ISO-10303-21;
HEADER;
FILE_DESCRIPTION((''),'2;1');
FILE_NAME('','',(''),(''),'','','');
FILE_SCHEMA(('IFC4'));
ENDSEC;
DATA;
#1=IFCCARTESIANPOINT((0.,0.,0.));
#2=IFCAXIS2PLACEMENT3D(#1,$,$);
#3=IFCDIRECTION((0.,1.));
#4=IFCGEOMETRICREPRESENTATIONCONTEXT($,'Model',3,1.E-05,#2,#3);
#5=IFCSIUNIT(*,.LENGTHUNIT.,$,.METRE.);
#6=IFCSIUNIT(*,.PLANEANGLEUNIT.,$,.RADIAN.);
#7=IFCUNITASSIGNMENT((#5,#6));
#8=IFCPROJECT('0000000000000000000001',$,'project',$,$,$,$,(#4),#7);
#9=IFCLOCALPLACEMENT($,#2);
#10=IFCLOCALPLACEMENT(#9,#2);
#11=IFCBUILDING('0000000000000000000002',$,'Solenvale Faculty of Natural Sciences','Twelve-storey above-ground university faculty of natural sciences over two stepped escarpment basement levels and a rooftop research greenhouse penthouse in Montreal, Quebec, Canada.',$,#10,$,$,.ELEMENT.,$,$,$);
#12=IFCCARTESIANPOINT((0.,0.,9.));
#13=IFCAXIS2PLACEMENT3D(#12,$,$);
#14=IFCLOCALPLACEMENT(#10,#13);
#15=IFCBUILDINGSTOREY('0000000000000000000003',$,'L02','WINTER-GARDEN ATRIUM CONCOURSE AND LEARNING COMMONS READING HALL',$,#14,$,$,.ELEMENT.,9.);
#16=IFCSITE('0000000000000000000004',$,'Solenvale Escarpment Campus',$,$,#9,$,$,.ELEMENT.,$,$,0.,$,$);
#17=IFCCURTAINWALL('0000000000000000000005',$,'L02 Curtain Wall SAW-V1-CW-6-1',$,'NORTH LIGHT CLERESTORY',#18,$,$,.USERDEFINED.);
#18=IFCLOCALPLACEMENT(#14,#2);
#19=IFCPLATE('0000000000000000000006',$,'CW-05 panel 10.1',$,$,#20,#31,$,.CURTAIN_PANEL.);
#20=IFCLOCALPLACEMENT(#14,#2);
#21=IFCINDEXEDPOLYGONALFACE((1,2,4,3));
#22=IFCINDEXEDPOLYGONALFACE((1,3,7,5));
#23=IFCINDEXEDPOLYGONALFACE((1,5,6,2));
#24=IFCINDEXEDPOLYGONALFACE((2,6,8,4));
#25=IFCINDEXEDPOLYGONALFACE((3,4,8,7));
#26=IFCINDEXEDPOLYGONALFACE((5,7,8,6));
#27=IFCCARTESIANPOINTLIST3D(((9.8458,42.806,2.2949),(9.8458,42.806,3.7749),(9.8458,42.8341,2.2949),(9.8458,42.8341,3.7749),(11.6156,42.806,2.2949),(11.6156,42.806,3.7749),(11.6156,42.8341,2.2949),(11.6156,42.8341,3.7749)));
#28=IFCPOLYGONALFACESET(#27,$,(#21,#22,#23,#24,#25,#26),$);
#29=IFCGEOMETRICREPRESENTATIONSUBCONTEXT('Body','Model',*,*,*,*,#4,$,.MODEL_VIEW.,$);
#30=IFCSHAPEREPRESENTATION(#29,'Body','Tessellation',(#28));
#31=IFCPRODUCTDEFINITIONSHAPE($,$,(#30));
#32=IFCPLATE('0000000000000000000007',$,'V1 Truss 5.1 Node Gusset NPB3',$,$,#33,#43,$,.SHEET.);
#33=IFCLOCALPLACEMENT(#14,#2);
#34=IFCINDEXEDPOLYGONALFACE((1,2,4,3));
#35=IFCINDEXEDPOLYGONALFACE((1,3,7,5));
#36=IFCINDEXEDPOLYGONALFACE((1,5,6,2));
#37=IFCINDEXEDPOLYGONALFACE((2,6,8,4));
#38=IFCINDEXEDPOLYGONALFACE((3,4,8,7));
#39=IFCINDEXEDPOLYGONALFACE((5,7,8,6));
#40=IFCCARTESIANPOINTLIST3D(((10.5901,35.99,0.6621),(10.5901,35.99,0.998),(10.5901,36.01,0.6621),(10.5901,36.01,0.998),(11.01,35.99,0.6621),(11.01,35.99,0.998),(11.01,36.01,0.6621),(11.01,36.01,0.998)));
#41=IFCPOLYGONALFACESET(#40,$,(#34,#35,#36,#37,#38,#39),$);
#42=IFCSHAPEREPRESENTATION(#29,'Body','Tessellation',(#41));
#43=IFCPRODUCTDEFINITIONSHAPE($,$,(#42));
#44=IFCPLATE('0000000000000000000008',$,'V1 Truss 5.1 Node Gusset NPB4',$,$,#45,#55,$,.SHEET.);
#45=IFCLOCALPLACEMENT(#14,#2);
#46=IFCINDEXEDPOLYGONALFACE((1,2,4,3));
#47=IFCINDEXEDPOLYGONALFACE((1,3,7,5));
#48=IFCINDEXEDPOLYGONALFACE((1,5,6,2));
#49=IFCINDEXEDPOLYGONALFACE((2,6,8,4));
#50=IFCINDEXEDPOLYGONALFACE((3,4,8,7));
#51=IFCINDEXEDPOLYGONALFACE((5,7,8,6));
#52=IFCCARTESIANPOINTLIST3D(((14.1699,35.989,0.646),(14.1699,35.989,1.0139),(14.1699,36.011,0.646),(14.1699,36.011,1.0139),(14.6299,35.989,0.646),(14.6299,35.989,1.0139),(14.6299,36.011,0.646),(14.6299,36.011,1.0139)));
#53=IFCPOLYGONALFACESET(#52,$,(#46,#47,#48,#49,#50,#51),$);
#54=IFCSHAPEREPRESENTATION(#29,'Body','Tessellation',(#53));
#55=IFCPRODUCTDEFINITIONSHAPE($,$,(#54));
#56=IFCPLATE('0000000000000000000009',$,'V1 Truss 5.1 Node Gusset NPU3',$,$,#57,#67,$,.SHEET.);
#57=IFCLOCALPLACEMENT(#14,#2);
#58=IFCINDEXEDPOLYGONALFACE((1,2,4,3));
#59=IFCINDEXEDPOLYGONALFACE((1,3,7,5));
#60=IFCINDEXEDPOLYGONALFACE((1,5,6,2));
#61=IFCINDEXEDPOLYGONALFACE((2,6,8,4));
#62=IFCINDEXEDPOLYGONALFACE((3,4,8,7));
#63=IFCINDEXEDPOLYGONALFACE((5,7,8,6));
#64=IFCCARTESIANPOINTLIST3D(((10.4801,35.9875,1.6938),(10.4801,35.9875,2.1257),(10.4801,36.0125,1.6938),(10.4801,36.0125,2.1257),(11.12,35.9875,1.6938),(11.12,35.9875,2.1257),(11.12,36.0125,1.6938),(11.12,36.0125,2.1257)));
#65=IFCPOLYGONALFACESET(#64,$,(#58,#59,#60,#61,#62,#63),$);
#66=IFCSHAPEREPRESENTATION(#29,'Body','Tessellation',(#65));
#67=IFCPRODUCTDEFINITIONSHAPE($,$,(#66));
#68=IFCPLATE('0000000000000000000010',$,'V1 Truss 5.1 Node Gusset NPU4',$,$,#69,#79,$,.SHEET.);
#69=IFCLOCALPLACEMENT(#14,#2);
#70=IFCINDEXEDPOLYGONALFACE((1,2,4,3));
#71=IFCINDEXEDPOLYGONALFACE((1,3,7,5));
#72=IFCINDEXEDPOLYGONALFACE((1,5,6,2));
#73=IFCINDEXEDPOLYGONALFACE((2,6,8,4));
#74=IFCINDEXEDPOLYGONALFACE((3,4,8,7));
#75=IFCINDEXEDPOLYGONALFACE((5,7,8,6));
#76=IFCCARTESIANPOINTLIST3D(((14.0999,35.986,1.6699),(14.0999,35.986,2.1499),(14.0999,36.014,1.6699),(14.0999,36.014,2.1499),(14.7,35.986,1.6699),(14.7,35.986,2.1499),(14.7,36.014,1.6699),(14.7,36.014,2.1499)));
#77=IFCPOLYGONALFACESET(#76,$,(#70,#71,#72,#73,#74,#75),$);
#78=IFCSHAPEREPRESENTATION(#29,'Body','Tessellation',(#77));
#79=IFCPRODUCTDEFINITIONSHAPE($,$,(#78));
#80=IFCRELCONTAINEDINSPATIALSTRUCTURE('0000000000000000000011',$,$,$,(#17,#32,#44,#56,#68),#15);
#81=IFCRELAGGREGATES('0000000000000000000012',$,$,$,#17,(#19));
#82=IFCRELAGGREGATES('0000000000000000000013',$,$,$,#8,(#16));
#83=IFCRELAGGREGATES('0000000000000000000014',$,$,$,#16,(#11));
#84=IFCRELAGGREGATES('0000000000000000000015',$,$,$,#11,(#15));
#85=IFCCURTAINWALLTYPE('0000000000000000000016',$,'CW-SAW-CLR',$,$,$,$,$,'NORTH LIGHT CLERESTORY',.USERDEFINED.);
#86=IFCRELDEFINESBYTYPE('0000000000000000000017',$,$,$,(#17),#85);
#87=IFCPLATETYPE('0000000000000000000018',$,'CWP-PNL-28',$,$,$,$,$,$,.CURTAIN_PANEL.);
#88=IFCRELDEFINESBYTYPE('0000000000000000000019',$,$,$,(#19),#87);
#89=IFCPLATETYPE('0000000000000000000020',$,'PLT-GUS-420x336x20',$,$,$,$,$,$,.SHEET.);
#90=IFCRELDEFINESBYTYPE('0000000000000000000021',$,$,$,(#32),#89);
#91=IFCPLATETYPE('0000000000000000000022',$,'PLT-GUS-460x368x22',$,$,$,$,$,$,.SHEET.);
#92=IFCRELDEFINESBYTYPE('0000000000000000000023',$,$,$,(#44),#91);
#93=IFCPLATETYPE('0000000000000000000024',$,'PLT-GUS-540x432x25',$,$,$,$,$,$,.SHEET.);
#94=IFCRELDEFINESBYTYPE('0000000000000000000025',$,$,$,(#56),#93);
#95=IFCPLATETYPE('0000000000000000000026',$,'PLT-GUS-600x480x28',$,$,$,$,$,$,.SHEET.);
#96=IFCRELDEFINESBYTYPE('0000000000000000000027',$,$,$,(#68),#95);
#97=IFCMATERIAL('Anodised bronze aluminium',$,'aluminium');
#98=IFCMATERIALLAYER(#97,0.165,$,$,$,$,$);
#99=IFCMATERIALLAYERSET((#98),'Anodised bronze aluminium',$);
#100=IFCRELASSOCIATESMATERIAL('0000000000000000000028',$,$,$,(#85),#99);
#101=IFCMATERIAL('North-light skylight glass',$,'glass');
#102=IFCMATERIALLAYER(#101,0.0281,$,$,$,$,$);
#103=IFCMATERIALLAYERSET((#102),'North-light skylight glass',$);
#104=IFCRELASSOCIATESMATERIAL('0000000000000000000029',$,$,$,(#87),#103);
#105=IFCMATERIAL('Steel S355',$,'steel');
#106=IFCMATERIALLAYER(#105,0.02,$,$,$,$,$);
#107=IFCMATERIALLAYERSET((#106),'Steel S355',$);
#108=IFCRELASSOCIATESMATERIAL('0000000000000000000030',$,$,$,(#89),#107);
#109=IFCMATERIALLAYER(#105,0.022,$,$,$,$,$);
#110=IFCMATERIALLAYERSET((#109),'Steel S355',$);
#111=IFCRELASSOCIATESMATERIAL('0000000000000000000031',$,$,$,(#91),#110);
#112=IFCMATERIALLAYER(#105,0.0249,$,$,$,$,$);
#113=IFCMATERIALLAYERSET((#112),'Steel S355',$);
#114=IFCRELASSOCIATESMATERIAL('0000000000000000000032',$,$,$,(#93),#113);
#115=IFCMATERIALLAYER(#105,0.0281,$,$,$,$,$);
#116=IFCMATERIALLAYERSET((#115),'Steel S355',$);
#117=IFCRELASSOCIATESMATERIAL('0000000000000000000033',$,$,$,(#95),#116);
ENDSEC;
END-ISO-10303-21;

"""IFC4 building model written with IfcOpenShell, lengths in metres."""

from ifc_helpers import new_model, si_unit, direction, frame, origin, origin_2d, place, context, subcontext, project, spatial, rectangle, extrude, material, layer, layer_set, type_object, element, aggregate, save


model = new_model("IFC4")

# Units and contexts
model_context = context("Model", 3, precision=1e-05, world=origin(), true_north=direction((0.0, 1.0)))
body_context = subcontext(model_context, "Body", "Model", "MODEL_VIEW")
ifc_project = project(units=[si_unit("LENGTHUNIT", "METRE"), si_unit("PLANEANGLEUNIT", "RADIAN")], contexts=[model_context])

# Site, building, storey
site_placement = place(None, origin())
site = spatial("IfcSite", under=ifc_project, at=site_placement, Name="Solenvale Escarpment Campus", CompositionType="ELEMENT", RefElevation=0.0)
building_placement = place(site_placement, origin())
building = spatial("IfcBuilding", under=site, at=building_placement, Name="Solenvale Faculty of Natural Sciences", Description="Twelve-storey above-ground university faculty of natural sciences over two stepped escarpment basement levels and a rooftop research greenhouse penthouse in Montreal, Quebec, Canada.", CompositionType="ELEMENT")
storey_placement = place(building_placement, frame((0.0, 0.0, 9.0)))
storey = spatial("IfcBuildingStorey", under=building, at=storey_placement, Name="L02", Description="WINTER-GARDEN ATRIUM CONCOURSE AND LEARNING COMMONS READING HALL", CompositionType="ELEMENT", Elevation=9.0)

# Curtain wall
ifc_material_1 = material(Name="Anodised bronze aluminium", Category="aluminium")
ifc_layer_1 = layer(ifc_material_1, 0.165)
ifc_layer_set_1 = layer_set([ifc_layer_1], Name="Anodised bronze aluminium")
curtain_wall_type = type_object("IfcCurtainWallType", Name="CW-SAW-CLR", ElementType="NORTH LIGHT CLERESTORY", PredefinedType="USERDEFINED", material=ifc_layer_set_1)
curtain_wall_1_placement = place(storey_placement, origin())
curtain_wall_1 = element("IfcCurtainWall", 1, at=curtain_wall_1_placement, inside=storey, type_object=curtain_wall_type, Name="L02 Curtain Wall SAW-V1-CW-6-1", ObjectType="NORTH LIGHT CLERESTORY", PredefinedType="USERDEFINED")

# Shared definitions
ifc_material_2 = material(Name="Steel S355", Category="steel")

# Plate
ifc_material_3 = material(Name="North-light skylight glass", Category="glass")
ifc_layer_2 = layer(ifc_material_3, 0.0281)
ifc_layer_set_2 = layer_set([ifc_layer_2], Name="North-light skylight glass")
plate_type_1 = type_object("IfcPlateType", Name="CWP-PNL-28", PredefinedType="CURTAIN_PANEL", material=ifc_layer_set_2)
plate_1_placement = place(storey_placement, frame((10.7307, 42.8201, 2.2949), z_axis=(0.0, 0.0, 1.0), x_axis=(-1.0, 0.0, 0.0)))
plate_1 = element("IfcPlate", 2, at=plate_1_placement, type_object=plate_type_1, Name="CW-05 panel 10.1", PredefinedType="CURTAIN_PANEL", context=body_context, shape_type="SweptSolid", body=[
    extrude(rectangle(XDim=1.7698, YDim=0.0281, at=origin_2d()), origin(), (0.0, 0.0, 1.0), 1.48),
])
aggregate(curtain_wall_1, [plate_1])

# Plates
ifc_layer_3 = layer(ifc_material_2, 0.02)
ifc_layer_set_3 = layer_set([ifc_layer_3], Name="Steel S355")
plate_type_2 = type_object("IfcPlateType", Name="PLT-GUS-420x336x20", PredefinedType="SHEET", material=ifc_layer_set_3)
plate_2_placement = place(storey_placement, frame((10.8, 36.0, 0.6621), z_axis=(0.0, 0.0, 1.0), x_axis=(1.0, 0.0, 0.0)))
element("IfcPlate", 3, at=plate_2_placement, inside=storey, type_object=plate_type_2, Name="V1 Truss 5.1 Node Gusset NPB3", PredefinedType="SHEET", context=body_context, shape_type="SweptSolid", body=[
    extrude(rectangle(XDim=0.4199, YDim=0.02, at=origin_2d()), origin(), (0.0, 0.0, 1.0), 0.3359),
])
ifc_layer_4 = layer(ifc_material_2, 0.022)
ifc_layer_set_4 = layer_set([ifc_layer_4], Name="Steel S355")
plate_type_3 = type_object("IfcPlateType", Name="PLT-GUS-460x368x22", PredefinedType="SHEET", material=ifc_layer_set_4)
plate_3_placement = place(storey_placement, frame((14.3999, 36.0, 0.646), z_axis=(0.0, 0.0, 1.0), x_axis=(1.0, 0.0, 0.0)))
element("IfcPlate", 4, at=plate_3_placement, inside=storey, type_object=plate_type_3, Name="V1 Truss 5.1 Node Gusset NPB4", PredefinedType="SHEET", context=body_context, shape_type="SweptSolid", body=[
    extrude(rectangle(XDim=0.46, YDim=0.022, at=origin_2d()), origin(), (0.0, 0.0, 1.0), 0.3679),
])
ifc_layer_5 = layer(ifc_material_2, 0.0249)
ifc_layer_set_5 = layer_set([ifc_layer_5], Name="Steel S355")
plate_type_4 = type_object("IfcPlateType", Name="PLT-GUS-540x432x25", PredefinedType="SHEET", material=ifc_layer_set_5)
plate_4_placement = place(storey_placement, frame((10.8, 36.0, 1.6938), z_axis=(0.0, 0.0, 1.0), x_axis=(1.0, 0.0, 0.0)))
element("IfcPlate", 5, at=plate_4_placement, inside=storey, type_object=plate_type_4, Name="V1 Truss 5.1 Node Gusset NPU3", PredefinedType="SHEET", context=body_context, shape_type="SweptSolid", body=[
    extrude(rectangle(XDim=0.6399, YDim=0.0249, at=origin_2d()), origin(), (0.0, 0.0, 1.0), 0.4319),
])
ifc_layer_6 = layer(ifc_material_2, 0.0281)
ifc_layer_set_6 = layer_set([ifc_layer_6], Name="Steel S355")
plate_type_5 = type_object("IfcPlateType", Name="PLT-GUS-600x480x28", PredefinedType="SHEET", material=ifc_layer_set_6)
plate_5_placement = place(storey_placement, frame((14.3999, 36.0, 1.6699), z_axis=(0.0, 0.0, 1.0), x_axis=(1.0, 0.0, 0.0)))
element("IfcPlate", 6, at=plate_5_placement, inside=storey, type_object=plate_type_5, Name="V1 Truss 5.1 Node Gusset NPU4", PredefinedType="SHEET", context=body_context, shape_type="SweptSolid", body=[
    extrude(rectangle(XDim=0.6001, YDim=0.0281, at=origin_2d()), origin(), (0.0, 0.0, 1.0), 0.48),
])

save(model, "model.ifc")
